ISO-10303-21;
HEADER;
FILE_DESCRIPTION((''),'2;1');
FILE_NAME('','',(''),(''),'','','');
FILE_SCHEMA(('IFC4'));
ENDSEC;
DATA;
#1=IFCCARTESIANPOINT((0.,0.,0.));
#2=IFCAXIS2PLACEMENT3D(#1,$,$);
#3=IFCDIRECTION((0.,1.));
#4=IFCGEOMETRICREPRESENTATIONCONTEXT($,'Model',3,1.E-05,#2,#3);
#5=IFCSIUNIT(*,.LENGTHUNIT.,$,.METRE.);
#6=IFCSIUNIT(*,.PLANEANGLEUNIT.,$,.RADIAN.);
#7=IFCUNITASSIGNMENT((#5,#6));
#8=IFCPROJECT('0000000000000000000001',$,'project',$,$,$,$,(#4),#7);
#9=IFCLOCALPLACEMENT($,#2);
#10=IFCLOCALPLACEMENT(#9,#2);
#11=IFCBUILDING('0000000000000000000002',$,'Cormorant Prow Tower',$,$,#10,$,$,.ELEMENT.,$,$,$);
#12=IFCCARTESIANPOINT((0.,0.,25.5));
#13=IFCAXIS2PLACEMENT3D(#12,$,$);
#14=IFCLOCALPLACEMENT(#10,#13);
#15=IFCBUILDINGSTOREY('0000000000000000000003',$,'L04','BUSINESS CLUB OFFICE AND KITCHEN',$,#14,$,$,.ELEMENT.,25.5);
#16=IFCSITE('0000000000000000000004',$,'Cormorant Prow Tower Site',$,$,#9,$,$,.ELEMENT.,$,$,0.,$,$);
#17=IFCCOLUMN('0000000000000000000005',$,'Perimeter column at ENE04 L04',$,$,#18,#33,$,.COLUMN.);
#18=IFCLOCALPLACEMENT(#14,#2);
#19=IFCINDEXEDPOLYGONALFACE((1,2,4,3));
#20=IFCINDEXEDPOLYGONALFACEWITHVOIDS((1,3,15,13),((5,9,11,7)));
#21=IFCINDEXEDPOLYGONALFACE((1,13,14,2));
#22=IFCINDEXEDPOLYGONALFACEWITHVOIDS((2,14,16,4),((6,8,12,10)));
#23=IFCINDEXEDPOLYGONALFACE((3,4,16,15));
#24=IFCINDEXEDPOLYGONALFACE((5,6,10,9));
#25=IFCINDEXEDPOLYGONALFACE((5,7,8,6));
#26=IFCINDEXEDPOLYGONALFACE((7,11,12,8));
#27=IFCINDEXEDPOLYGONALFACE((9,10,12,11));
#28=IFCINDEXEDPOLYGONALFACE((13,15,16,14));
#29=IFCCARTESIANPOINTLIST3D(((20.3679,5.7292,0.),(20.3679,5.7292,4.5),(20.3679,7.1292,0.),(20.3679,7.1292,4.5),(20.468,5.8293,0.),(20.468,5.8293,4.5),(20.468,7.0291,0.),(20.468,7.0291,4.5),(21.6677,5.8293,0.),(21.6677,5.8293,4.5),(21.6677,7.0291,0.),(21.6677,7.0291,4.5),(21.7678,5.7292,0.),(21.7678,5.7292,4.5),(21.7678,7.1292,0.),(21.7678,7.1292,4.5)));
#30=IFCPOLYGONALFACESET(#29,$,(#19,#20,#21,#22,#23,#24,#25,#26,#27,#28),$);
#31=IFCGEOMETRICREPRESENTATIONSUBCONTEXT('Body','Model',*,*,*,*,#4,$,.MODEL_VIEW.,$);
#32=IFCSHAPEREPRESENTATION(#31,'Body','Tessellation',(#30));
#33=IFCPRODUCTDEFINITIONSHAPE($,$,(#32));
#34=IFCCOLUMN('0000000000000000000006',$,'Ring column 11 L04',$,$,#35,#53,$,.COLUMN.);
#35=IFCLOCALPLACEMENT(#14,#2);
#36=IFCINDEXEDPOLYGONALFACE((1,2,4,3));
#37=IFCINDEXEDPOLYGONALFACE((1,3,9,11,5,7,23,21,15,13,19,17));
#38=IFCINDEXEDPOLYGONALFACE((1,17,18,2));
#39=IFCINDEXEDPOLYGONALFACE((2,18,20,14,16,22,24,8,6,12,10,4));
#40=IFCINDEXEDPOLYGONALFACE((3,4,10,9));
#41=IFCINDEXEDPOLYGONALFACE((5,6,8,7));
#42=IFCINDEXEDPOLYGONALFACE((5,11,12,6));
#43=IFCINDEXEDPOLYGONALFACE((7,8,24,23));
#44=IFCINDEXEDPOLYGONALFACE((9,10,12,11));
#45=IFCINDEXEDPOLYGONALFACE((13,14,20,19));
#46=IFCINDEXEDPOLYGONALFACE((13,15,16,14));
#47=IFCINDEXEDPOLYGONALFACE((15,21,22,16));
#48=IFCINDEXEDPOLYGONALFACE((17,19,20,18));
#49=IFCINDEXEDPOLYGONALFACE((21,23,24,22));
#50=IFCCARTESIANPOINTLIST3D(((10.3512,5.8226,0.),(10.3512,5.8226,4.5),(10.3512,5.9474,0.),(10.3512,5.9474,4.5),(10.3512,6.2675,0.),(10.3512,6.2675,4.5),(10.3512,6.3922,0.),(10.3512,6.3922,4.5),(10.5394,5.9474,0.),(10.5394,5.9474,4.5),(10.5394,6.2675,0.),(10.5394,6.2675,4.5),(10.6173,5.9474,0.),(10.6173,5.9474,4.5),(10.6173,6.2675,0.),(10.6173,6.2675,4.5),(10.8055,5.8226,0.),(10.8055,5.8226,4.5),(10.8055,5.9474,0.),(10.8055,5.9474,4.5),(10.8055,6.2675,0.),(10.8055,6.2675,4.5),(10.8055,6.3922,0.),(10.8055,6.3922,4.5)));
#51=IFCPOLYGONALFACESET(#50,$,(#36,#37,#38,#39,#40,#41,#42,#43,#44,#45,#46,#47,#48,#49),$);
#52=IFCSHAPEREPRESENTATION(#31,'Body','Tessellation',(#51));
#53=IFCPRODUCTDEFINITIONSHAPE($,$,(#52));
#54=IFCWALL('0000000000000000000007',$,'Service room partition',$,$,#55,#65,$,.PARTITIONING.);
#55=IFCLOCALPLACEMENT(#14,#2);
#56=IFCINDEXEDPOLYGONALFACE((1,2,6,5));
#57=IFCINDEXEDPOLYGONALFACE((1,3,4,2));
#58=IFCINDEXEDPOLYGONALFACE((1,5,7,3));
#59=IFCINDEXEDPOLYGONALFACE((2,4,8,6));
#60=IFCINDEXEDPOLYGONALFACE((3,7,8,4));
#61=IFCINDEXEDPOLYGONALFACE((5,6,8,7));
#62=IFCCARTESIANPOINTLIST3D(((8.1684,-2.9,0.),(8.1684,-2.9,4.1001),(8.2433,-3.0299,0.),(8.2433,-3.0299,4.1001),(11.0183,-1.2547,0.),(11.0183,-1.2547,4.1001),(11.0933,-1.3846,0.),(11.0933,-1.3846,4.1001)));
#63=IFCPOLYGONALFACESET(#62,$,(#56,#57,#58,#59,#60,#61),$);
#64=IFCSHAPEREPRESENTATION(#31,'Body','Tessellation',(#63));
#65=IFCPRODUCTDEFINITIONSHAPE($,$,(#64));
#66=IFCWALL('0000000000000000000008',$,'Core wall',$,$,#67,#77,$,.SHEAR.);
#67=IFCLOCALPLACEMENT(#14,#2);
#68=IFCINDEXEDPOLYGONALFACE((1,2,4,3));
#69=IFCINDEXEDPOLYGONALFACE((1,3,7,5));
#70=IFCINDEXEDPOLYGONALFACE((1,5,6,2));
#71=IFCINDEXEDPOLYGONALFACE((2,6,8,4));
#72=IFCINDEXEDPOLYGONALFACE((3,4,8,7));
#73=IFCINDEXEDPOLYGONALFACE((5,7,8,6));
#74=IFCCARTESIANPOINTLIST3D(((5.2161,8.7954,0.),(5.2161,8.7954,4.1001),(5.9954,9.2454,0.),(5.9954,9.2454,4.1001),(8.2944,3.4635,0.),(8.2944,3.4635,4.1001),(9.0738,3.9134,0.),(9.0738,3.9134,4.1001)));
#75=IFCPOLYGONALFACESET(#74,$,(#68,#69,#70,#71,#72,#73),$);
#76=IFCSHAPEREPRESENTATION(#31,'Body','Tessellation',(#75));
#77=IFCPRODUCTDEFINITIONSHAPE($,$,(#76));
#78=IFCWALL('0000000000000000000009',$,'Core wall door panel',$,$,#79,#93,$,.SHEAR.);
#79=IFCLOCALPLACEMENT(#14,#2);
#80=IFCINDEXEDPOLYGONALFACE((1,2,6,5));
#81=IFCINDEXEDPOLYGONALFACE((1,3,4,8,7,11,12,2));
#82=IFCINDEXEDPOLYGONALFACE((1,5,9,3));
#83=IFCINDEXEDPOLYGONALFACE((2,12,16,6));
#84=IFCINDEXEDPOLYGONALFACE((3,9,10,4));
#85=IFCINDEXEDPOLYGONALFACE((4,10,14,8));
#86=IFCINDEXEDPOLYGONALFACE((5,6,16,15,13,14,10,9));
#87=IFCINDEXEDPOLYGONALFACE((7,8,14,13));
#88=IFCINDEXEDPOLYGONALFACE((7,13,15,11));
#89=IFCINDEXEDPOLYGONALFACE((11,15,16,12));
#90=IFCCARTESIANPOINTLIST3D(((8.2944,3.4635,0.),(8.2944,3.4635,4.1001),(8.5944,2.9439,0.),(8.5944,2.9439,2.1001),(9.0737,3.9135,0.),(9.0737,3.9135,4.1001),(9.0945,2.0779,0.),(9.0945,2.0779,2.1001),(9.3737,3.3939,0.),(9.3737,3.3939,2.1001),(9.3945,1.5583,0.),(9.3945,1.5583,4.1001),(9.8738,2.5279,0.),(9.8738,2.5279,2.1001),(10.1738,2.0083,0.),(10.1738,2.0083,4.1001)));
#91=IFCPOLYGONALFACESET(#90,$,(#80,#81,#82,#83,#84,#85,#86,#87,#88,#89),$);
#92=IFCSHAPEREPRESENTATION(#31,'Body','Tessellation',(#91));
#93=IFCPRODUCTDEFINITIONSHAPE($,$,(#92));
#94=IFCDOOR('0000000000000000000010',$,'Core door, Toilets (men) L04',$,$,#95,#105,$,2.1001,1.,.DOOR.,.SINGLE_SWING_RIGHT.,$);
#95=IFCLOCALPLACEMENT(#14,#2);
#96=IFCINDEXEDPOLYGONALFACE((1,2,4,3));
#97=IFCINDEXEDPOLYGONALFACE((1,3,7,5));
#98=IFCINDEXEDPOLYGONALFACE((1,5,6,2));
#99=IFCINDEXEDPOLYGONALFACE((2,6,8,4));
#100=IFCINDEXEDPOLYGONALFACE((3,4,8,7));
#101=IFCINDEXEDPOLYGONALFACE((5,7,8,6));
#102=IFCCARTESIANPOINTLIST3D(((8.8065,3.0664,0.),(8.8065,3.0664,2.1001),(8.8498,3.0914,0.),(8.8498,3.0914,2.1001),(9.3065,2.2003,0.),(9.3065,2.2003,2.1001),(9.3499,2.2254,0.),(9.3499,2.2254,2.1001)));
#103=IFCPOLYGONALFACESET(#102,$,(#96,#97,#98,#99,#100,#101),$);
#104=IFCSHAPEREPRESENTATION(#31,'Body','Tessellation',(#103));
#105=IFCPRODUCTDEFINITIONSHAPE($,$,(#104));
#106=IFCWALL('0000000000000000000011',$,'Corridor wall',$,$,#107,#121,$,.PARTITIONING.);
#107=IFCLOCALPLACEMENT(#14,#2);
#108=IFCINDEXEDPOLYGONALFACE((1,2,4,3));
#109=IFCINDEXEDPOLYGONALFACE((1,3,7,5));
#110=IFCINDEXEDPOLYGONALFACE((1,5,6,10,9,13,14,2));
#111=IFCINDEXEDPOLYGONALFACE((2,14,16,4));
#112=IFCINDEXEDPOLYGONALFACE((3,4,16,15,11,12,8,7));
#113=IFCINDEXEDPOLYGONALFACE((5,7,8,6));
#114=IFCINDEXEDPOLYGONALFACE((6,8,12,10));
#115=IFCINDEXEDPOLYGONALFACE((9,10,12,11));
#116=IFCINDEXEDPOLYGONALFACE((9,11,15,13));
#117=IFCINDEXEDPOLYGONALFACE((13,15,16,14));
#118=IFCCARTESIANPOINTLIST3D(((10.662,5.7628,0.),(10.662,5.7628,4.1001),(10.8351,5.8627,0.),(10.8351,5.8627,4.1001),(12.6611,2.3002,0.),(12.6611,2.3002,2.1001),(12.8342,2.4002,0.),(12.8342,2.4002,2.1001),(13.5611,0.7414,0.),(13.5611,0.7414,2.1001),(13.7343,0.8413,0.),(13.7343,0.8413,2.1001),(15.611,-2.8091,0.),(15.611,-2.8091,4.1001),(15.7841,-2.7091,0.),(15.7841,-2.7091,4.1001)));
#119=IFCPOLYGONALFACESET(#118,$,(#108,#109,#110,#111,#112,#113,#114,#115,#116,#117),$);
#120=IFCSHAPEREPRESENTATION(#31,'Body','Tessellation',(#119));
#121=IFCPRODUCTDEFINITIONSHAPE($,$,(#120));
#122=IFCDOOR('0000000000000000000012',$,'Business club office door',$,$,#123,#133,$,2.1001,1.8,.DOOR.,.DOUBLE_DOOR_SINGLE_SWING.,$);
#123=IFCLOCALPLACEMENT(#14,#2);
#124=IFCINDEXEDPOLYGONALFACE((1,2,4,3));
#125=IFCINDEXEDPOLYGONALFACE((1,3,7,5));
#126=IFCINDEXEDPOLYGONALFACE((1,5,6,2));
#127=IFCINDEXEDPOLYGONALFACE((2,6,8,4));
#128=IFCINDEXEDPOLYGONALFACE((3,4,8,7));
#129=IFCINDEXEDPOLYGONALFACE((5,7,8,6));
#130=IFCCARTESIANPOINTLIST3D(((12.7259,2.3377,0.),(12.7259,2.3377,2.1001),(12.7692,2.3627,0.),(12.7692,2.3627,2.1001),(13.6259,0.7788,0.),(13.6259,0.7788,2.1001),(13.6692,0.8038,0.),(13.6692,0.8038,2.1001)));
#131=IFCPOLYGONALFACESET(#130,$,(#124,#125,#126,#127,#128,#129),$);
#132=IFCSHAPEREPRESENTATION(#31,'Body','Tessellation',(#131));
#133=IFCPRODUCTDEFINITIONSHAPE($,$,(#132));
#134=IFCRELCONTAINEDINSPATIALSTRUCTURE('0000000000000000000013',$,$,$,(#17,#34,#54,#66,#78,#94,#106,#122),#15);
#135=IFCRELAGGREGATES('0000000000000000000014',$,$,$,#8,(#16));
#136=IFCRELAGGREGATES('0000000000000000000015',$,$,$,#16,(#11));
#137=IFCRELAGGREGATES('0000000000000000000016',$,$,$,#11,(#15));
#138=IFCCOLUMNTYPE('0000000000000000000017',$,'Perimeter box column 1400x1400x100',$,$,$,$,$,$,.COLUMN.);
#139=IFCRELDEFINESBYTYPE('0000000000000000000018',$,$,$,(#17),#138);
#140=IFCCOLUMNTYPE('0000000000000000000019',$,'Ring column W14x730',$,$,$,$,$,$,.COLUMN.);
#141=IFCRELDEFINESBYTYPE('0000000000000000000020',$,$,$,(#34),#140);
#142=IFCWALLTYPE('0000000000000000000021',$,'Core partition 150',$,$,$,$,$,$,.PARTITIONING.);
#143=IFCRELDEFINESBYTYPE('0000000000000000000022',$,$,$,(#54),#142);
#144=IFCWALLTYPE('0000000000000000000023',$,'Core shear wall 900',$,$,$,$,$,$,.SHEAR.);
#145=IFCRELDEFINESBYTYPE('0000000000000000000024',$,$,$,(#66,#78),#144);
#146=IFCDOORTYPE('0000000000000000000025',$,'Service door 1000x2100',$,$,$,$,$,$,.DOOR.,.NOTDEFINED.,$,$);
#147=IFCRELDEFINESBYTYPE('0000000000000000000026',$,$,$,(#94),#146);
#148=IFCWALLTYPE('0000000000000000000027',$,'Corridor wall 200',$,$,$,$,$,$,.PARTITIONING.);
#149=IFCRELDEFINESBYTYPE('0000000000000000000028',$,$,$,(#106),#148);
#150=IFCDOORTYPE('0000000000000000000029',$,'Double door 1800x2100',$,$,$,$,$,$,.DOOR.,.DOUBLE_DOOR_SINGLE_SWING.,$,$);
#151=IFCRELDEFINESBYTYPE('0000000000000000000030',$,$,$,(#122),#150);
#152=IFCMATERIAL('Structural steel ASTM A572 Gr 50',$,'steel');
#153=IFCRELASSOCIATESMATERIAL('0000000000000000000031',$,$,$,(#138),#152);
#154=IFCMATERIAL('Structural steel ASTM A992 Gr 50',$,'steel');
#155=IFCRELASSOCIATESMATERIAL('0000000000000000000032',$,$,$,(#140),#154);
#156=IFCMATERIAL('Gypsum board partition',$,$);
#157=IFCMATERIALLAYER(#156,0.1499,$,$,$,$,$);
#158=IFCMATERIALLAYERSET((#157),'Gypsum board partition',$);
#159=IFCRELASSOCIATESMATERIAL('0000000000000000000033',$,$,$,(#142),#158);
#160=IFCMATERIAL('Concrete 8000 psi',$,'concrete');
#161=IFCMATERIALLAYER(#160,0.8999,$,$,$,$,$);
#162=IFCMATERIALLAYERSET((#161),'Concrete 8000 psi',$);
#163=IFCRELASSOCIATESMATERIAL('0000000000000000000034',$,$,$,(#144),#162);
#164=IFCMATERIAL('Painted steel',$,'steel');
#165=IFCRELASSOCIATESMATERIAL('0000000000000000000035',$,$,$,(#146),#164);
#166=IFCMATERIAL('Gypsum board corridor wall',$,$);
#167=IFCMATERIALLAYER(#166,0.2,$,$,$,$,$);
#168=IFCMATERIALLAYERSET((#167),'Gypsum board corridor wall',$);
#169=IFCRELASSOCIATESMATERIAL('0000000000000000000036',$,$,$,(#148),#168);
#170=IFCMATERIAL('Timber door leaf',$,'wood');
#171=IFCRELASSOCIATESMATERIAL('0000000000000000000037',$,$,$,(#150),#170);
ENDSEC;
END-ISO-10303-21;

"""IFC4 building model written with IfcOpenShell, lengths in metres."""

from ifc_helpers import new_model, si_unit, direction, frame, frame_2d, origin, origin_2d, place, context, subcontext, project, spatial, rectangle, hollow_rectangle, i_section, extrude, material, layer, layer_set, material_profile, profile_set, type_object, element, fill, save


model = new_model("IFC4")

# Units and contexts
model_context = context("Model", 3, precision=1e-05, world=origin(), true_north=direction((0.0, 1.0)))
body_context = subcontext(model_context, "Body", "Model", "MODEL_VIEW")
ifc_project = project(units=[si_unit("LENGTHUNIT", "METRE"), si_unit("PLANEANGLEUNIT", "RADIAN")], contexts=[model_context])

# Site, building, storey
site_placement = place(None, origin())
site = spatial("IfcSite", under=ifc_project, at=site_placement, Name="Cormorant Prow Tower Site", CompositionType="ELEMENT", RefElevation=0.0)
building_placement = place(site_placement, origin())
building = spatial("IfcBuilding", under=site, at=building_placement, Name="Cormorant Prow Tower", CompositionType="ELEMENT")
storey_placement = place(building_placement, frame((0.0, 0.0, 25.5)))
storey = spatial("IfcBuildingStorey", under=building, at=storey_placement, Name="L04", Description="BUSINESS CLUB OFFICE AND KITCHEN", CompositionType="ELEMENT", Elevation=25.5)

# Columns
ifc_material_1 = material(Name="Structural steel ASTM A572 Gr 50", Category="steel")
ifc_material_profile_1 = material_profile(ifc_material_1, hollow_rectangle(XDim=1.3999, YDim=1.3999, WallThickness=0.1001, at=origin_2d()), Name="Box 1400x1400x100")
ifc_profile_set_1 = profile_set([ifc_material_profile_1], Name="Structural steel ASTM A572 Gr 50")
column_type_1 = type_object("IfcColumnType", Name="Perimeter box column 1400x1400x100", PredefinedType="COLUMN", material=ifc_profile_set_1)
column_1_placement = place(storey_placement, frame((21.0679, 6.4292, 0.0), z_axis=(0.0, 0.0, 1.0), x_axis=(1.0, 0.0, 0.0)))
element("IfcColumn", 1, at=column_1_placement, inside=storey, type_object=column_type_1, Name="Perimeter column at ENE04 L04", PredefinedType="COLUMN", context=body_context, shape_type="SweptSolid", body=[
    extrude(hollow_rectangle(XDim=1.3999, YDim=1.3999, WallThickness=0.1001, at=origin_2d()), origin(), (0.0, 0.0, 1.0), 4.5),
])
ifc_material_2 = material(Name="Structural steel ASTM A992 Gr 50", Category="steel")
ifc_material_profile_2 = material_profile(ifc_material_2, i_section(OverallWidth=0.4543, OverallDepth=0.5696, WebThickness=0.0779, FlangeThickness=0.1248, at=origin_2d()), Name="W14x730")
ifc_profile_set_2 = profile_set([ifc_material_profile_2], Name="Structural steel ASTM A992 Gr 50")
column_type_2 = type_object("IfcColumnType", Name="Ring column W14x730", PredefinedType="COLUMN", material=ifc_profile_set_2)
column_2_placement = place(storey_placement, frame((10.5784, 6.1074, 0.0), z_axis=(0.0, 0.0, 1.0), x_axis=(1.0, 0.0, 0.0)))
element("IfcColumn", 2, at=column_2_placement, inside=storey, type_object=column_type_2, Name="Ring column 11 L04", PredefinedType="COLUMN", context=body_context, shape_type="SweptSolid", body=[
    extrude(i_section(OverallWidth=0.4543, OverallDepth=0.5696, WebThickness=0.0779, FlangeThickness=0.1248, at=origin_2d()), origin(), (0.0, 0.0, 1.0), 4.5),
])

# Walls
ifc_material_3 = material(Name="Gypsum board partition")
ifc_layer_1 = layer(ifc_material_3, 0.1499)
ifc_layer_set_1 = layer_set([ifc_layer_1], Name="Gypsum board partition")
wall_type_1 = type_object("IfcWallType", Name="Core partition 150", PredefinedType="PARTITIONING", material=ifc_layer_set_1)
wall_1_placement = place(storey_placement, frame((11.0559, -1.3196, 0.0), z_axis=(0.0, 0.0, 1.0), x_axis=(-0.866039, -0.499977, 0.0)))
element("IfcWall", 3, at=wall_1_placement, inside=storey, type_object=wall_type_1, Name="Service room partition", PredefinedType="PARTITIONING", context=body_context, shape_type="SweptSolid", body=[
    extrude(rectangle(XDim=3.2908, YDim=0.1499, at=frame_2d((1.6455, 0.0))), origin(), (0.0, 0.0, 1.0), 4.1001),
])
ifc_material_4 = material(Name="Concrete 8000 psi", Category="concrete")
ifc_layer_2 = layer(ifc_material_4, 0.8999)
ifc_layer_set_2 = layer_set([ifc_layer_2], Name="Concrete 8000 psi")
wall_type_2 = type_object("IfcWallType", Name="Core shear wall 900", PredefinedType="SHEAR", material=ifc_layer_set_2)
wall_2_placement = place(storey_placement, frame((8.6841, 3.6885, 0.0), z_axis=(0.0, 0.0, 1.0), x_axis=(-0.49999, 0.866031, 0.0)))
element("IfcWall", 4, at=wall_2_placement, inside=storey, type_object=wall_type_2, Name="Core wall", PredefinedType="SHEAR", context=body_context, shape_type="SweptSolid", body=[
    extrude(rectangle(XDim=6.1567, YDim=0.8999, at=frame_2d((3.0784, 0.0))), origin(), (0.0, 0.0, 1.0), 4.1001),
])

# Walls, openings, doors
wall_3_placement = place(storey_placement, frame((9.7842, 1.7832, 0.0), z_axis=(0.0, 0.0, 1.0), x_axis=(-0.50003, 0.866008, 0.0)))
wall_3 = element("IfcWall", 5, at=wall_3_placement, inside=storey, type_object=wall_type_2, Name="Core wall door panel", PredefinedType="SHEAR", context=body_context, shape_type="SweptSolid", body=[
    extrude(rectangle(XDim=2.2, YDim=0.8999, at=frame_2d((1.1001, 0.0))), origin(), (0.0, 0.0, 1.0), 4.1001),
])
opening_1_placement = place(wall_3_placement, frame((0.6001, 0.0, 0.0)))
opening_1 = element("IfcOpeningElement", 6, at=opening_1_placement, cuts=wall_3, PredefinedType="OPENING", context=body_context, shape_type="SweptSolid", body=[
    extrude(rectangle(XDim=1.0, YDim=2.1001, at=frame_2d((0.5, 1.05))), frame((0.0, 0.46, 0.0), z_axis=(0.0, -1.0, 0.0), x_axis=(1.0, 0.0, 0.0)), (0.0, 0.0, 1.0), 0.9199),
])
ifc_material_5 = material(Name="Painted steel", Category="steel")
door_type_1 = type_object("IfcDoorType", Name="Service door 1000x2100", OperationType="NOTDEFINED", PredefinedType="DOOR", material=ifc_material_5)
door_1_placement = place(opening_1_placement, origin())
door_1 = element("IfcDoor", 7, at=door_1_placement, inside=storey, type_object=door_type_1, Name="Core door, Toilets (men) L04", OperationType="SINGLE_SWING_RIGHT", OverallHeight=2.1001, OverallWidth=1.0, PredefinedType="DOOR", context=body_context, shape_type="SweptSolid", body=[
    extrude(rectangle(XDim=1.0, YDim=2.1001, at=frame_2d((0.5, 1.05))), frame((0.0, 0.2051, 0.0), z_axis=(0.0, -1.0, 0.0), x_axis=(1.0, 0.0, 0.0)), (0.0, 0.0, 1.0), 0.05),
])
fill(opening_1, door_1)
ifc_material_6 = material(Name="Gypsum board corridor wall")
ifc_layer_3 = layer(ifc_material_6, 0.2)
ifc_layer_set_3 = layer_set([ifc_layer_3], Name="Gypsum board corridor wall")
wall_type_3 = type_object("IfcWallType", Name="Corridor wall 200", PredefinedType="PARTITIONING", material=ifc_layer_set_3)
wall_4_placement = place(storey_placement, frame((10.7485, 5.8127, 0.0), z_axis=(0.0, 0.0, 1.0), x_axis=(0.500004, -0.866023, 0.0)))
wall_4 = element("IfcWall", 8, at=wall_4_placement, inside=storey, type_object=wall_type_3, Name="Corridor wall", PredefinedType="PARTITIONING", context=body_context, shape_type="SweptSolid", body=[
    extrude(rectangle(XDim=9.8979, YDim=0.2, at=frame_2d((4.949, 0.0))), origin(), (0.0, 0.0, 1.0), 4.1001),
])
opening_2_placement = place(wall_4_placement, frame((3.9983, 0.0, 0.0)))
opening_2 = element("IfcOpeningElement", 9, at=opening_2_placement, cuts=wall_4, PredefinedType="OPENING", context=body_context, shape_type="SweptSolid", body=[
    extrude(rectangle(XDim=1.8, YDim=2.1001, at=frame_2d((0.8999, 1.05))), frame((0.0, 0.1099, 0.0), z_axis=(0.0, -1.0, 0.0), x_axis=(1.0, 0.0, 0.0)), (0.0, 0.0, 1.0), 0.22),
])
ifc_material_7 = material(Name="Timber door leaf", Category="wood")
door_type_2 = type_object("IfcDoorType", Name="Double door 1800x2100", OperationType="DOUBLE_DOOR_SINGLE_SWING", PredefinedType="DOOR", material=ifc_material_7)
door_2_placement = place(opening_2_placement, origin())
door_2 = element("IfcDoor", 10, at=door_2_placement, inside=storey, type_object=door_type_2, Name="Business club office door", OperationType="DOUBLE_DOOR_SINGLE_SWING", OverallHeight=2.1001, OverallWidth=1.8, PredefinedType="DOOR", context=body_context, shape_type="SweptSolid", body=[
    extrude(rectangle(XDim=1.8, YDim=2.1001, at=frame_2d((0.8999, 1.05))), frame((0.0, 0.0249, 0.0), z_axis=(0.0, -1.0, 0.0), x_axis=(1.0, 0.0, 0.0)), (0.0, 0.0, 1.0), 0.05),
])
fill(opening_2, door_2)

save(model, "model.ifc")
